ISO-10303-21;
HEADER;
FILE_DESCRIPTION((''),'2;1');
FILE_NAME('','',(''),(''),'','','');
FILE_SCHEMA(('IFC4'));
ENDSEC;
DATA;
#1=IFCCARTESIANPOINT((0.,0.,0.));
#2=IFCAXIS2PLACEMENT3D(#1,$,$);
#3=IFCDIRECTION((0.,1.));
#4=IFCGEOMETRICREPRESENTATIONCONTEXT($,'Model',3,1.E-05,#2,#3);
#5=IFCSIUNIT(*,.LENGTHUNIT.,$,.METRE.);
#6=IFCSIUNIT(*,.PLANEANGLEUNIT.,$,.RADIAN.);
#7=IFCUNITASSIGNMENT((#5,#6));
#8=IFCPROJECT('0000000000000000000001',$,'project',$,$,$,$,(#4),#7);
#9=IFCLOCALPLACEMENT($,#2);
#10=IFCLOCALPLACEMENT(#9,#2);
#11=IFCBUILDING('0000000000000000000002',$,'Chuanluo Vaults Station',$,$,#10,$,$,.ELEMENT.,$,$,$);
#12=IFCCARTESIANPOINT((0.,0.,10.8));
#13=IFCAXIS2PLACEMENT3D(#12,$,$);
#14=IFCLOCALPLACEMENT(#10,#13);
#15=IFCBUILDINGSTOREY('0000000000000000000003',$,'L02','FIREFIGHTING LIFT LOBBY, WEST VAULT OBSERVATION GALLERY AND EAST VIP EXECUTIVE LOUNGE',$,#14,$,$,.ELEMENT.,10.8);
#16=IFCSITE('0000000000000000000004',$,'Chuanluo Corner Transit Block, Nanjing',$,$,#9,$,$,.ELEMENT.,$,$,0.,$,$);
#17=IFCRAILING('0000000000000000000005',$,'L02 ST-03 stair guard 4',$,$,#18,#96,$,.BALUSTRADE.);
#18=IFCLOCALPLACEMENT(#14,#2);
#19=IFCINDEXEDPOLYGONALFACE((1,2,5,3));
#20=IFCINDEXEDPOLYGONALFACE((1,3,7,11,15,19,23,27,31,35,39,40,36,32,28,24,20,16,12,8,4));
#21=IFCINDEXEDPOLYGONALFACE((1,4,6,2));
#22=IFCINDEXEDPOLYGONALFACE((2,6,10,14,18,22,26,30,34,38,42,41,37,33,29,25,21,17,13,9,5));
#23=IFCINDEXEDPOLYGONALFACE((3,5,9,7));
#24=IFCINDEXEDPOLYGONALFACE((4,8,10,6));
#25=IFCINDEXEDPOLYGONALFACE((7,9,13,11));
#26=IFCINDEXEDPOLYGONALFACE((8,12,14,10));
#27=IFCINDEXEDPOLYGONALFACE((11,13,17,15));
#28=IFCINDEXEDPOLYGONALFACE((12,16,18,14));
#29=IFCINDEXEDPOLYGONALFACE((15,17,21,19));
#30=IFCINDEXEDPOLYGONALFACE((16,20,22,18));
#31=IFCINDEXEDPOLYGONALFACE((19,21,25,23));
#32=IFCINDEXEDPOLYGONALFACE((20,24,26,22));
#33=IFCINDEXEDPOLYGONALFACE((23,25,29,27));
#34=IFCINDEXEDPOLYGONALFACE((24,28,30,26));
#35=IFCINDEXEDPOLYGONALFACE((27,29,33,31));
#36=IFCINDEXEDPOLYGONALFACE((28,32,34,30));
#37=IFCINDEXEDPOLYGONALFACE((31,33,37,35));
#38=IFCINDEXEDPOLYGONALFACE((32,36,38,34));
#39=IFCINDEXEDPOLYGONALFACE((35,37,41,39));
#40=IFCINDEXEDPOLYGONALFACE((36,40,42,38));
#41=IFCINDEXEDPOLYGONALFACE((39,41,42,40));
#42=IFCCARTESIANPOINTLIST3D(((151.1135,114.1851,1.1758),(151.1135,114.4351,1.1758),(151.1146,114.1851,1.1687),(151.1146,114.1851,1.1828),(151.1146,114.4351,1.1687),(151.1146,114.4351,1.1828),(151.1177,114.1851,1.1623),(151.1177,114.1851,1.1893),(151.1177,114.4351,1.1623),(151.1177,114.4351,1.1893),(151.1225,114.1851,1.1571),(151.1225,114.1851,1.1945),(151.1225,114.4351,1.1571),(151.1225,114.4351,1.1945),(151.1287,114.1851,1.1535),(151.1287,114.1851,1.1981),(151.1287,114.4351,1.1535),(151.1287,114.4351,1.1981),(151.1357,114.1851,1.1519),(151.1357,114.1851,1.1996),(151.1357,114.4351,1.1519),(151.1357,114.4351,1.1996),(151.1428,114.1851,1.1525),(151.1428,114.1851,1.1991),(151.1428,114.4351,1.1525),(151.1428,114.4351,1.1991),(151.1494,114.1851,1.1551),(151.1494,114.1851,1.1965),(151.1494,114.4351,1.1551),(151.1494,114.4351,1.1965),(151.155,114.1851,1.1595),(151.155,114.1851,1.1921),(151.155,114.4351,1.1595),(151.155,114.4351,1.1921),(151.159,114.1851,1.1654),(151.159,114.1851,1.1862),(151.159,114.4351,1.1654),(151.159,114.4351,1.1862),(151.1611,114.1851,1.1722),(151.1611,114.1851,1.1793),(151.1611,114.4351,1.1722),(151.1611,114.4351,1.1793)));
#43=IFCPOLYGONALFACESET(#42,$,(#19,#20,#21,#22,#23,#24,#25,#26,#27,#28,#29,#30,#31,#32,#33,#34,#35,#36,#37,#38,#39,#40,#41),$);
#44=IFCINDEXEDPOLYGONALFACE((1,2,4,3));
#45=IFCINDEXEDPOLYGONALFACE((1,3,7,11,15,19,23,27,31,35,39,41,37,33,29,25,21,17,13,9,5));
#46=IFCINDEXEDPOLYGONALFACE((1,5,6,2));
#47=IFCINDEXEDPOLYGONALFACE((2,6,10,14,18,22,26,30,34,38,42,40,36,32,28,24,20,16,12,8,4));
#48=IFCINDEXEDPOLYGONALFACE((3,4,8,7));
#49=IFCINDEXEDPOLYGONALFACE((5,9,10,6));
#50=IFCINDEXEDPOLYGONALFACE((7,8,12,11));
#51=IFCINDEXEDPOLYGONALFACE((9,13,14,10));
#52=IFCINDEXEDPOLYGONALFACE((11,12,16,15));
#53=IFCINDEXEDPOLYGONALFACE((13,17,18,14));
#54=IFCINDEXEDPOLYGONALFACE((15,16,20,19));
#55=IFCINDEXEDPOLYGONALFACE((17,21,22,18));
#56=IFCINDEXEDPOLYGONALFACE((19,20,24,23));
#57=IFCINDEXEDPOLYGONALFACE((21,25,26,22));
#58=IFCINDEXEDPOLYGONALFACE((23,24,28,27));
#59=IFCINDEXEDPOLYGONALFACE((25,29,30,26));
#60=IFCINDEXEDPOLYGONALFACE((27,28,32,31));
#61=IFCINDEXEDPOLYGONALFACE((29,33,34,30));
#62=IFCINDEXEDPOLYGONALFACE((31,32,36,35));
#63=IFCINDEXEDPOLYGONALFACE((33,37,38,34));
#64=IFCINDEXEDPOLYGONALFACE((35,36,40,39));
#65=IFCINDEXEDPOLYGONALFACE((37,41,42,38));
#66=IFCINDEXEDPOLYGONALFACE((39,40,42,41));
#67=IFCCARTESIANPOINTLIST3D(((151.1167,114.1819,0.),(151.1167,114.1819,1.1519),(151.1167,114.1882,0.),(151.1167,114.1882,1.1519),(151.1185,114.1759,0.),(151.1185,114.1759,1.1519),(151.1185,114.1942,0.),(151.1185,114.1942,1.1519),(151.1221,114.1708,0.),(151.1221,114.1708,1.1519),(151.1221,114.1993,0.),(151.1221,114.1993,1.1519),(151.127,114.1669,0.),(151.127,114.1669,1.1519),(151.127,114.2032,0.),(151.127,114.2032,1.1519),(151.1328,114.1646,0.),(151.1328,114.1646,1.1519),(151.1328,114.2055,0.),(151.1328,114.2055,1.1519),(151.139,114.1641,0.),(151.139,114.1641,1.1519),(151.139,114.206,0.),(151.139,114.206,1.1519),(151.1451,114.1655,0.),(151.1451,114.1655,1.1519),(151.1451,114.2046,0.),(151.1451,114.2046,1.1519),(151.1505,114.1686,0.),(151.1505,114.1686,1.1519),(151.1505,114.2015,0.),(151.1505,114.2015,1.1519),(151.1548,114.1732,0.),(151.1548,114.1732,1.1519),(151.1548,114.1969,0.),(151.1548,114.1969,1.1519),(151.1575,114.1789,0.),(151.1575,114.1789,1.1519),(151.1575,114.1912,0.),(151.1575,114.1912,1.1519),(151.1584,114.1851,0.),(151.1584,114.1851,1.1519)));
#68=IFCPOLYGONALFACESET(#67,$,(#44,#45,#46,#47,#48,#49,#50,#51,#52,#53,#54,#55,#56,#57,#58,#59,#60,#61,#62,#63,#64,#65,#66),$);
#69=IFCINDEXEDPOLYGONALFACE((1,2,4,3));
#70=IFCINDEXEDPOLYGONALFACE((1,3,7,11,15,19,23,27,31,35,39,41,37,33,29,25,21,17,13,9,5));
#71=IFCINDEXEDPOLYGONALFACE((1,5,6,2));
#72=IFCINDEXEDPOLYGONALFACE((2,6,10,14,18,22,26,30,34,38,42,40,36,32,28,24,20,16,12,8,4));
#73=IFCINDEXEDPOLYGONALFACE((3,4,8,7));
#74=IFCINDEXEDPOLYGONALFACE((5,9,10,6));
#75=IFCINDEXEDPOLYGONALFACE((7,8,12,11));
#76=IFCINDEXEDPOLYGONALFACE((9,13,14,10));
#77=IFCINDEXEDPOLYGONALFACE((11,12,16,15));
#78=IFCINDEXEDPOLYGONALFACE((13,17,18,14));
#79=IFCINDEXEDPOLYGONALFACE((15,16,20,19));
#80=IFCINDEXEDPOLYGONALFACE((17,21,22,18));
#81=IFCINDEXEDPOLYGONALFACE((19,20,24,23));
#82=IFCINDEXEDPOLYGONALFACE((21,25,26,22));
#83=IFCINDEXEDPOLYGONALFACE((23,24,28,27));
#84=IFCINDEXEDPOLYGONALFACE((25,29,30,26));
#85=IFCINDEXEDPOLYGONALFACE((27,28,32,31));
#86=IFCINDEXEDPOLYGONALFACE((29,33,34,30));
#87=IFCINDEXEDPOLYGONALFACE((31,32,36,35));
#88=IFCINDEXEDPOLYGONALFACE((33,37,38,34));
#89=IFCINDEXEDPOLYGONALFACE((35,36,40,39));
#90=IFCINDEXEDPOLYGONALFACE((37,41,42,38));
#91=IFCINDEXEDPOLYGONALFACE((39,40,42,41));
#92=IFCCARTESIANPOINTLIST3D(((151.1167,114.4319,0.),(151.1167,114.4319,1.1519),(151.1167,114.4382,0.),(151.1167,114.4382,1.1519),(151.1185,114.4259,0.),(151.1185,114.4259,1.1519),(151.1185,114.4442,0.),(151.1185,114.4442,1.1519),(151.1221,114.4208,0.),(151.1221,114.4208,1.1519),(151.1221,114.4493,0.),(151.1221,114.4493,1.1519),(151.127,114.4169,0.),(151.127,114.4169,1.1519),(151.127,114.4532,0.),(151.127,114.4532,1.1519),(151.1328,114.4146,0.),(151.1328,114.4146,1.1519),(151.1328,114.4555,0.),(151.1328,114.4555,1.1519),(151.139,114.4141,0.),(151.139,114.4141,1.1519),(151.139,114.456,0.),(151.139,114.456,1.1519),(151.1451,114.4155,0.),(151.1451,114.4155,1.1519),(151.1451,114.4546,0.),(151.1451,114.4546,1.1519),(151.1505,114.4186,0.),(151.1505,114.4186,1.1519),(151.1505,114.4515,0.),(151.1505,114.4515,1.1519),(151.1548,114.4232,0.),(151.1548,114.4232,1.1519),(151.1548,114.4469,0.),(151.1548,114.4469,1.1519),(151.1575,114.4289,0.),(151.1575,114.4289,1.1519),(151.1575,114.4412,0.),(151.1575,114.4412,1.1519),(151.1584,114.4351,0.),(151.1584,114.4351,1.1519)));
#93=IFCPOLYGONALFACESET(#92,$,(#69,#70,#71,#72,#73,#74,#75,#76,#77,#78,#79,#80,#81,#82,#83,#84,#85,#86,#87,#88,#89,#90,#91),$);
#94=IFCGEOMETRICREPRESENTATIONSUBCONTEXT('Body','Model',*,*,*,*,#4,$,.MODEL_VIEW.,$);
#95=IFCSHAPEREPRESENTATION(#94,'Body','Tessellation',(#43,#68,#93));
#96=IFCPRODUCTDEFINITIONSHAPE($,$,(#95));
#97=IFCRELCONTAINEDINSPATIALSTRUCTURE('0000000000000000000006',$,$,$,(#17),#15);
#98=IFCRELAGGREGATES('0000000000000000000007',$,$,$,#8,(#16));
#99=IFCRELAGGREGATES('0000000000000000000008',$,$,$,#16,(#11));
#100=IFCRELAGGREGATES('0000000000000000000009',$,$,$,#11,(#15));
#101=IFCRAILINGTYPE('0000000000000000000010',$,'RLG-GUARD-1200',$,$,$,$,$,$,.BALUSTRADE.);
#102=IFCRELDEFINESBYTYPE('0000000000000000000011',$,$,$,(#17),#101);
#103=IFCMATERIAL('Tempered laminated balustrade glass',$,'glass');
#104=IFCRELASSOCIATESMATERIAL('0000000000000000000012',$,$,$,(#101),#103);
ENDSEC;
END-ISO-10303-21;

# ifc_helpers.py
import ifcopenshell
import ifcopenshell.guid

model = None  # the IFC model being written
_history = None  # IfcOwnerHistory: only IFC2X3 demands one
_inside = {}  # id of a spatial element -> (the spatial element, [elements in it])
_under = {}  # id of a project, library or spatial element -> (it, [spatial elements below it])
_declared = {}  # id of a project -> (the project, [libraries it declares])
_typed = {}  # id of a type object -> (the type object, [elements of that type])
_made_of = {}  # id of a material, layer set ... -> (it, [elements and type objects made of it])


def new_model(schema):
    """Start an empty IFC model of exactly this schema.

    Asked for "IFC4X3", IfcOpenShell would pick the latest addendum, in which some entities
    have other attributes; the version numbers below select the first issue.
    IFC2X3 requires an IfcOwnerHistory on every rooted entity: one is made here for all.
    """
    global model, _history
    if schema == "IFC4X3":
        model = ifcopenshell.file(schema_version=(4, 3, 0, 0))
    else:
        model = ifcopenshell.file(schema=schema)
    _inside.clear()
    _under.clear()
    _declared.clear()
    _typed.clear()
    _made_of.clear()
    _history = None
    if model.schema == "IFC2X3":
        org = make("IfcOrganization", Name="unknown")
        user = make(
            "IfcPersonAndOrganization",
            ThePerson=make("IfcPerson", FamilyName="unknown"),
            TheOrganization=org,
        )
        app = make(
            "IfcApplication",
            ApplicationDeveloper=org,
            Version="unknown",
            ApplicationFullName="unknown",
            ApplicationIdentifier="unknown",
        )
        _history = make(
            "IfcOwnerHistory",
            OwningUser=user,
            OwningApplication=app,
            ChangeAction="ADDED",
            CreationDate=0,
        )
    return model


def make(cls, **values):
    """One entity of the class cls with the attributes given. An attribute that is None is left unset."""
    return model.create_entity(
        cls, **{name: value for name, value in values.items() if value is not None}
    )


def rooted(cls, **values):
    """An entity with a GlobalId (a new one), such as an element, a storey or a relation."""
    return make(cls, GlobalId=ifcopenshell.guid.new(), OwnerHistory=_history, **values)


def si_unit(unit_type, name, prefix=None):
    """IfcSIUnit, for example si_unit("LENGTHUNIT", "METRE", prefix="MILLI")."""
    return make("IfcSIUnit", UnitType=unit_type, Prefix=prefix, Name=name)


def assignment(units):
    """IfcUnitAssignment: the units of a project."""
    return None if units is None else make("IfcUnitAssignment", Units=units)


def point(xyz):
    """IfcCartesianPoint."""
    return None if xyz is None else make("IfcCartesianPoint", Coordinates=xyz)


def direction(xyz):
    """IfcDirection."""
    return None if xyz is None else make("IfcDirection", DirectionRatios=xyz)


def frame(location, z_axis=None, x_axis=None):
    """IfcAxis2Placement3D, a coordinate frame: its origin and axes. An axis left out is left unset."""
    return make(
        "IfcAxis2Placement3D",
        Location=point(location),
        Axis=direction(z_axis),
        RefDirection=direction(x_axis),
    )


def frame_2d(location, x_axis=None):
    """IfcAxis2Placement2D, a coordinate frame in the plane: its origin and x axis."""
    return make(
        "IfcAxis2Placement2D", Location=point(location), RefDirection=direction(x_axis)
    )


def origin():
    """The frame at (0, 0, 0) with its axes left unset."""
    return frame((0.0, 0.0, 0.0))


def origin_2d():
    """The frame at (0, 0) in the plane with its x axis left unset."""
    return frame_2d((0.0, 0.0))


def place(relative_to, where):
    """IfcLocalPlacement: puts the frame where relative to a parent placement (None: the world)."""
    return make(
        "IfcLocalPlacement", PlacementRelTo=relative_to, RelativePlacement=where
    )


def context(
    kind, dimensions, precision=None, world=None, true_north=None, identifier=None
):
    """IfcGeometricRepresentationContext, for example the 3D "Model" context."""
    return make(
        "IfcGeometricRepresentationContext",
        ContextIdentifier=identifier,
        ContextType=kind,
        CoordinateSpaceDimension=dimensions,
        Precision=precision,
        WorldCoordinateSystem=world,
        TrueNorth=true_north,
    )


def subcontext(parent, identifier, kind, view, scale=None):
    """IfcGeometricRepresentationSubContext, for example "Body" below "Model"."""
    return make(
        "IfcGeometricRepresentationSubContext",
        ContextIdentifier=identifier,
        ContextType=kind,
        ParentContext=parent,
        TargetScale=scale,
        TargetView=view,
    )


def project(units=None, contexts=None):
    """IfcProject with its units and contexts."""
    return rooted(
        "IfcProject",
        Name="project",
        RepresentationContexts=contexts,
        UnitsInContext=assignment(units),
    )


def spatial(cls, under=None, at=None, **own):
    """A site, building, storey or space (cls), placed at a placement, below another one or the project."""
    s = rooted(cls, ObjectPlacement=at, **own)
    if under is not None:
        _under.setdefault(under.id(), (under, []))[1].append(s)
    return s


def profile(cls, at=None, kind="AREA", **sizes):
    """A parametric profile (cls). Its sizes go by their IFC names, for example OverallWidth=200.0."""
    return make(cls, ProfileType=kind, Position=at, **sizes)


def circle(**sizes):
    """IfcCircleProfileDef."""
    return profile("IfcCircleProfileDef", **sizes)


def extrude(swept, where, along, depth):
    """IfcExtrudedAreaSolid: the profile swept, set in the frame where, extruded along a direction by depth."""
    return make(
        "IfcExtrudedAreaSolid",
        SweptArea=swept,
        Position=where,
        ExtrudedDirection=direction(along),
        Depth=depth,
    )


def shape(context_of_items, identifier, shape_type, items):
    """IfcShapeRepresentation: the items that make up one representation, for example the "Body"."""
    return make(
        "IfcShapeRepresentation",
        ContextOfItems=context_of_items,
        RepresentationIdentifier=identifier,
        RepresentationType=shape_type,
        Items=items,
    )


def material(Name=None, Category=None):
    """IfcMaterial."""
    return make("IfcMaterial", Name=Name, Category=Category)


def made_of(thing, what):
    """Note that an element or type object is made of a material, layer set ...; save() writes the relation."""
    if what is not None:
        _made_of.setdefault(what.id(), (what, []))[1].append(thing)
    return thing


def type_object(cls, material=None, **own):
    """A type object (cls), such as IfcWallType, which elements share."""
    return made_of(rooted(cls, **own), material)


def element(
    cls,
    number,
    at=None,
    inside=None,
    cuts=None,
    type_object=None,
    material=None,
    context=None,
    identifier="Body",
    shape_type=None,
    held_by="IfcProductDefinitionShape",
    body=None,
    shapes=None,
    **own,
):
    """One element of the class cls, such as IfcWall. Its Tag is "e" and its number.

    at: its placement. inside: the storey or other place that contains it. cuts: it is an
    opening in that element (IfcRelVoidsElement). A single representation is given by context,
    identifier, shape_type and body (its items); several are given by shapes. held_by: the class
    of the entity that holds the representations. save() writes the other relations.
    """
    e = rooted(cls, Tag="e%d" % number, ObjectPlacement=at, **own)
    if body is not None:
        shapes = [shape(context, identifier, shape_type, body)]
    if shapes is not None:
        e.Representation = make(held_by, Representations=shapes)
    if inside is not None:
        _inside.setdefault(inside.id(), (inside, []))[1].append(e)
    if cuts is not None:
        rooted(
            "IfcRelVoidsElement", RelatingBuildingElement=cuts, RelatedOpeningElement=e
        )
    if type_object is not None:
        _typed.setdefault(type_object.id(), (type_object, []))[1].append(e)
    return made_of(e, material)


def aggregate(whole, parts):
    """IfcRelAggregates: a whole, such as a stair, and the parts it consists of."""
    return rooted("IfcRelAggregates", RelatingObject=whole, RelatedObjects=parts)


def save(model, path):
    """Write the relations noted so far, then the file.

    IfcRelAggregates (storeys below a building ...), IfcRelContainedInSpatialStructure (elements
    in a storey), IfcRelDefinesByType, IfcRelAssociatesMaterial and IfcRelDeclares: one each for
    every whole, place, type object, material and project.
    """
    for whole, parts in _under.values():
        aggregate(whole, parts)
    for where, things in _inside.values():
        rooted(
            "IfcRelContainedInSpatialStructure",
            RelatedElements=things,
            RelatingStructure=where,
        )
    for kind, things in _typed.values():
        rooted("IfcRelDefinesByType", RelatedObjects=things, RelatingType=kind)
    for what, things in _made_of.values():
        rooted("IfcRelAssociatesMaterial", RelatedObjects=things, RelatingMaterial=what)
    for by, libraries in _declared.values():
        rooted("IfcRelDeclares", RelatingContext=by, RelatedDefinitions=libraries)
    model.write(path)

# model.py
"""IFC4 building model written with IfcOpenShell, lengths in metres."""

from ifc_helpers import new_model, si_unit, direction, frame, origin, origin_2d, place, context, subcontext, project, spatial, circle, extrude, material, type_object, element, save


model = new_model("IFC4")

# Units and contexts
model_context = context("Model", 3, precision=1e-05, world=origin(), true_north=direction((0.0, 1.0)))
body_context = subcontext(model_context, "Body", "Model", "MODEL_VIEW")
ifc_project = project(units=[si_unit("LENGTHUNIT", "METRE"), si_unit("PLANEANGLEUNIT", "RADIAN")], contexts=[model_context])

# Site, building, storey
site_placement = place(None, origin())
site = spatial("IfcSite", under=ifc_project, at=site_placement, Name="Chuanluo Corner Transit Block, Nanjing", CompositionType="ELEMENT", RefElevation=0.0)
building_placement = place(site_placement, origin())
building = spatial("IfcBuilding", under=site, at=building_placement, Name="Chuanluo Vaults Station", CompositionType="ELEMENT")
storey_placement = place(building_placement, frame((0.0, 0.0, 10.8)))
storey = spatial("IfcBuildingStorey", under=building, at=storey_placement, Name="L02", Description="FIREFIGHTING LIFT LOBBY, WEST VAULT OBSERVATION GALLERY AND EAST VIP EXECUTIVE LOUNGE", CompositionType="ELEMENT", Elevation=10.8)

# Railing
ifc_material_1 = material(Name="Tempered laminated balustrade glass", Category="glass")
railing_type_1 = type_object("IfcRailingType", Name="RLG-GUARD-1200", PredefinedType="BALUSTRADE", material=ifc_material_1)
railing_1_placement = place(storey_placement, frame((151.1375, 114.1851, 0.0)))
element("IfcRailing", 1, at=railing_1_placement, inside=storey, type_object=railing_type_1, Name="L02 ST-03 stair guard 4", PredefinedType="BALUSTRADE", context=body_context, shape_type="SweptSolid", body=[
    extrude(circle(Radius=0.0239, at=origin_2d()), frame((0.0, 0.0, 1.1758), z_axis=(0.0, 1.0, 0.0), x_axis=(-1.0, 0.0, 0.0)), (0.0, 0.0, 1.0), 0.25),
    extrude(circle(Radius=0.021, at=origin_2d()), origin(), (0.0, 0.0, 1.0), 1.1519),
    extrude(circle(Radius=0.021, at=origin_2d()), frame((0.0, 0.25, 0.0)), (0.0, 0.0, 1.0), 1.1519),
])

save(model, "model.ifc")
